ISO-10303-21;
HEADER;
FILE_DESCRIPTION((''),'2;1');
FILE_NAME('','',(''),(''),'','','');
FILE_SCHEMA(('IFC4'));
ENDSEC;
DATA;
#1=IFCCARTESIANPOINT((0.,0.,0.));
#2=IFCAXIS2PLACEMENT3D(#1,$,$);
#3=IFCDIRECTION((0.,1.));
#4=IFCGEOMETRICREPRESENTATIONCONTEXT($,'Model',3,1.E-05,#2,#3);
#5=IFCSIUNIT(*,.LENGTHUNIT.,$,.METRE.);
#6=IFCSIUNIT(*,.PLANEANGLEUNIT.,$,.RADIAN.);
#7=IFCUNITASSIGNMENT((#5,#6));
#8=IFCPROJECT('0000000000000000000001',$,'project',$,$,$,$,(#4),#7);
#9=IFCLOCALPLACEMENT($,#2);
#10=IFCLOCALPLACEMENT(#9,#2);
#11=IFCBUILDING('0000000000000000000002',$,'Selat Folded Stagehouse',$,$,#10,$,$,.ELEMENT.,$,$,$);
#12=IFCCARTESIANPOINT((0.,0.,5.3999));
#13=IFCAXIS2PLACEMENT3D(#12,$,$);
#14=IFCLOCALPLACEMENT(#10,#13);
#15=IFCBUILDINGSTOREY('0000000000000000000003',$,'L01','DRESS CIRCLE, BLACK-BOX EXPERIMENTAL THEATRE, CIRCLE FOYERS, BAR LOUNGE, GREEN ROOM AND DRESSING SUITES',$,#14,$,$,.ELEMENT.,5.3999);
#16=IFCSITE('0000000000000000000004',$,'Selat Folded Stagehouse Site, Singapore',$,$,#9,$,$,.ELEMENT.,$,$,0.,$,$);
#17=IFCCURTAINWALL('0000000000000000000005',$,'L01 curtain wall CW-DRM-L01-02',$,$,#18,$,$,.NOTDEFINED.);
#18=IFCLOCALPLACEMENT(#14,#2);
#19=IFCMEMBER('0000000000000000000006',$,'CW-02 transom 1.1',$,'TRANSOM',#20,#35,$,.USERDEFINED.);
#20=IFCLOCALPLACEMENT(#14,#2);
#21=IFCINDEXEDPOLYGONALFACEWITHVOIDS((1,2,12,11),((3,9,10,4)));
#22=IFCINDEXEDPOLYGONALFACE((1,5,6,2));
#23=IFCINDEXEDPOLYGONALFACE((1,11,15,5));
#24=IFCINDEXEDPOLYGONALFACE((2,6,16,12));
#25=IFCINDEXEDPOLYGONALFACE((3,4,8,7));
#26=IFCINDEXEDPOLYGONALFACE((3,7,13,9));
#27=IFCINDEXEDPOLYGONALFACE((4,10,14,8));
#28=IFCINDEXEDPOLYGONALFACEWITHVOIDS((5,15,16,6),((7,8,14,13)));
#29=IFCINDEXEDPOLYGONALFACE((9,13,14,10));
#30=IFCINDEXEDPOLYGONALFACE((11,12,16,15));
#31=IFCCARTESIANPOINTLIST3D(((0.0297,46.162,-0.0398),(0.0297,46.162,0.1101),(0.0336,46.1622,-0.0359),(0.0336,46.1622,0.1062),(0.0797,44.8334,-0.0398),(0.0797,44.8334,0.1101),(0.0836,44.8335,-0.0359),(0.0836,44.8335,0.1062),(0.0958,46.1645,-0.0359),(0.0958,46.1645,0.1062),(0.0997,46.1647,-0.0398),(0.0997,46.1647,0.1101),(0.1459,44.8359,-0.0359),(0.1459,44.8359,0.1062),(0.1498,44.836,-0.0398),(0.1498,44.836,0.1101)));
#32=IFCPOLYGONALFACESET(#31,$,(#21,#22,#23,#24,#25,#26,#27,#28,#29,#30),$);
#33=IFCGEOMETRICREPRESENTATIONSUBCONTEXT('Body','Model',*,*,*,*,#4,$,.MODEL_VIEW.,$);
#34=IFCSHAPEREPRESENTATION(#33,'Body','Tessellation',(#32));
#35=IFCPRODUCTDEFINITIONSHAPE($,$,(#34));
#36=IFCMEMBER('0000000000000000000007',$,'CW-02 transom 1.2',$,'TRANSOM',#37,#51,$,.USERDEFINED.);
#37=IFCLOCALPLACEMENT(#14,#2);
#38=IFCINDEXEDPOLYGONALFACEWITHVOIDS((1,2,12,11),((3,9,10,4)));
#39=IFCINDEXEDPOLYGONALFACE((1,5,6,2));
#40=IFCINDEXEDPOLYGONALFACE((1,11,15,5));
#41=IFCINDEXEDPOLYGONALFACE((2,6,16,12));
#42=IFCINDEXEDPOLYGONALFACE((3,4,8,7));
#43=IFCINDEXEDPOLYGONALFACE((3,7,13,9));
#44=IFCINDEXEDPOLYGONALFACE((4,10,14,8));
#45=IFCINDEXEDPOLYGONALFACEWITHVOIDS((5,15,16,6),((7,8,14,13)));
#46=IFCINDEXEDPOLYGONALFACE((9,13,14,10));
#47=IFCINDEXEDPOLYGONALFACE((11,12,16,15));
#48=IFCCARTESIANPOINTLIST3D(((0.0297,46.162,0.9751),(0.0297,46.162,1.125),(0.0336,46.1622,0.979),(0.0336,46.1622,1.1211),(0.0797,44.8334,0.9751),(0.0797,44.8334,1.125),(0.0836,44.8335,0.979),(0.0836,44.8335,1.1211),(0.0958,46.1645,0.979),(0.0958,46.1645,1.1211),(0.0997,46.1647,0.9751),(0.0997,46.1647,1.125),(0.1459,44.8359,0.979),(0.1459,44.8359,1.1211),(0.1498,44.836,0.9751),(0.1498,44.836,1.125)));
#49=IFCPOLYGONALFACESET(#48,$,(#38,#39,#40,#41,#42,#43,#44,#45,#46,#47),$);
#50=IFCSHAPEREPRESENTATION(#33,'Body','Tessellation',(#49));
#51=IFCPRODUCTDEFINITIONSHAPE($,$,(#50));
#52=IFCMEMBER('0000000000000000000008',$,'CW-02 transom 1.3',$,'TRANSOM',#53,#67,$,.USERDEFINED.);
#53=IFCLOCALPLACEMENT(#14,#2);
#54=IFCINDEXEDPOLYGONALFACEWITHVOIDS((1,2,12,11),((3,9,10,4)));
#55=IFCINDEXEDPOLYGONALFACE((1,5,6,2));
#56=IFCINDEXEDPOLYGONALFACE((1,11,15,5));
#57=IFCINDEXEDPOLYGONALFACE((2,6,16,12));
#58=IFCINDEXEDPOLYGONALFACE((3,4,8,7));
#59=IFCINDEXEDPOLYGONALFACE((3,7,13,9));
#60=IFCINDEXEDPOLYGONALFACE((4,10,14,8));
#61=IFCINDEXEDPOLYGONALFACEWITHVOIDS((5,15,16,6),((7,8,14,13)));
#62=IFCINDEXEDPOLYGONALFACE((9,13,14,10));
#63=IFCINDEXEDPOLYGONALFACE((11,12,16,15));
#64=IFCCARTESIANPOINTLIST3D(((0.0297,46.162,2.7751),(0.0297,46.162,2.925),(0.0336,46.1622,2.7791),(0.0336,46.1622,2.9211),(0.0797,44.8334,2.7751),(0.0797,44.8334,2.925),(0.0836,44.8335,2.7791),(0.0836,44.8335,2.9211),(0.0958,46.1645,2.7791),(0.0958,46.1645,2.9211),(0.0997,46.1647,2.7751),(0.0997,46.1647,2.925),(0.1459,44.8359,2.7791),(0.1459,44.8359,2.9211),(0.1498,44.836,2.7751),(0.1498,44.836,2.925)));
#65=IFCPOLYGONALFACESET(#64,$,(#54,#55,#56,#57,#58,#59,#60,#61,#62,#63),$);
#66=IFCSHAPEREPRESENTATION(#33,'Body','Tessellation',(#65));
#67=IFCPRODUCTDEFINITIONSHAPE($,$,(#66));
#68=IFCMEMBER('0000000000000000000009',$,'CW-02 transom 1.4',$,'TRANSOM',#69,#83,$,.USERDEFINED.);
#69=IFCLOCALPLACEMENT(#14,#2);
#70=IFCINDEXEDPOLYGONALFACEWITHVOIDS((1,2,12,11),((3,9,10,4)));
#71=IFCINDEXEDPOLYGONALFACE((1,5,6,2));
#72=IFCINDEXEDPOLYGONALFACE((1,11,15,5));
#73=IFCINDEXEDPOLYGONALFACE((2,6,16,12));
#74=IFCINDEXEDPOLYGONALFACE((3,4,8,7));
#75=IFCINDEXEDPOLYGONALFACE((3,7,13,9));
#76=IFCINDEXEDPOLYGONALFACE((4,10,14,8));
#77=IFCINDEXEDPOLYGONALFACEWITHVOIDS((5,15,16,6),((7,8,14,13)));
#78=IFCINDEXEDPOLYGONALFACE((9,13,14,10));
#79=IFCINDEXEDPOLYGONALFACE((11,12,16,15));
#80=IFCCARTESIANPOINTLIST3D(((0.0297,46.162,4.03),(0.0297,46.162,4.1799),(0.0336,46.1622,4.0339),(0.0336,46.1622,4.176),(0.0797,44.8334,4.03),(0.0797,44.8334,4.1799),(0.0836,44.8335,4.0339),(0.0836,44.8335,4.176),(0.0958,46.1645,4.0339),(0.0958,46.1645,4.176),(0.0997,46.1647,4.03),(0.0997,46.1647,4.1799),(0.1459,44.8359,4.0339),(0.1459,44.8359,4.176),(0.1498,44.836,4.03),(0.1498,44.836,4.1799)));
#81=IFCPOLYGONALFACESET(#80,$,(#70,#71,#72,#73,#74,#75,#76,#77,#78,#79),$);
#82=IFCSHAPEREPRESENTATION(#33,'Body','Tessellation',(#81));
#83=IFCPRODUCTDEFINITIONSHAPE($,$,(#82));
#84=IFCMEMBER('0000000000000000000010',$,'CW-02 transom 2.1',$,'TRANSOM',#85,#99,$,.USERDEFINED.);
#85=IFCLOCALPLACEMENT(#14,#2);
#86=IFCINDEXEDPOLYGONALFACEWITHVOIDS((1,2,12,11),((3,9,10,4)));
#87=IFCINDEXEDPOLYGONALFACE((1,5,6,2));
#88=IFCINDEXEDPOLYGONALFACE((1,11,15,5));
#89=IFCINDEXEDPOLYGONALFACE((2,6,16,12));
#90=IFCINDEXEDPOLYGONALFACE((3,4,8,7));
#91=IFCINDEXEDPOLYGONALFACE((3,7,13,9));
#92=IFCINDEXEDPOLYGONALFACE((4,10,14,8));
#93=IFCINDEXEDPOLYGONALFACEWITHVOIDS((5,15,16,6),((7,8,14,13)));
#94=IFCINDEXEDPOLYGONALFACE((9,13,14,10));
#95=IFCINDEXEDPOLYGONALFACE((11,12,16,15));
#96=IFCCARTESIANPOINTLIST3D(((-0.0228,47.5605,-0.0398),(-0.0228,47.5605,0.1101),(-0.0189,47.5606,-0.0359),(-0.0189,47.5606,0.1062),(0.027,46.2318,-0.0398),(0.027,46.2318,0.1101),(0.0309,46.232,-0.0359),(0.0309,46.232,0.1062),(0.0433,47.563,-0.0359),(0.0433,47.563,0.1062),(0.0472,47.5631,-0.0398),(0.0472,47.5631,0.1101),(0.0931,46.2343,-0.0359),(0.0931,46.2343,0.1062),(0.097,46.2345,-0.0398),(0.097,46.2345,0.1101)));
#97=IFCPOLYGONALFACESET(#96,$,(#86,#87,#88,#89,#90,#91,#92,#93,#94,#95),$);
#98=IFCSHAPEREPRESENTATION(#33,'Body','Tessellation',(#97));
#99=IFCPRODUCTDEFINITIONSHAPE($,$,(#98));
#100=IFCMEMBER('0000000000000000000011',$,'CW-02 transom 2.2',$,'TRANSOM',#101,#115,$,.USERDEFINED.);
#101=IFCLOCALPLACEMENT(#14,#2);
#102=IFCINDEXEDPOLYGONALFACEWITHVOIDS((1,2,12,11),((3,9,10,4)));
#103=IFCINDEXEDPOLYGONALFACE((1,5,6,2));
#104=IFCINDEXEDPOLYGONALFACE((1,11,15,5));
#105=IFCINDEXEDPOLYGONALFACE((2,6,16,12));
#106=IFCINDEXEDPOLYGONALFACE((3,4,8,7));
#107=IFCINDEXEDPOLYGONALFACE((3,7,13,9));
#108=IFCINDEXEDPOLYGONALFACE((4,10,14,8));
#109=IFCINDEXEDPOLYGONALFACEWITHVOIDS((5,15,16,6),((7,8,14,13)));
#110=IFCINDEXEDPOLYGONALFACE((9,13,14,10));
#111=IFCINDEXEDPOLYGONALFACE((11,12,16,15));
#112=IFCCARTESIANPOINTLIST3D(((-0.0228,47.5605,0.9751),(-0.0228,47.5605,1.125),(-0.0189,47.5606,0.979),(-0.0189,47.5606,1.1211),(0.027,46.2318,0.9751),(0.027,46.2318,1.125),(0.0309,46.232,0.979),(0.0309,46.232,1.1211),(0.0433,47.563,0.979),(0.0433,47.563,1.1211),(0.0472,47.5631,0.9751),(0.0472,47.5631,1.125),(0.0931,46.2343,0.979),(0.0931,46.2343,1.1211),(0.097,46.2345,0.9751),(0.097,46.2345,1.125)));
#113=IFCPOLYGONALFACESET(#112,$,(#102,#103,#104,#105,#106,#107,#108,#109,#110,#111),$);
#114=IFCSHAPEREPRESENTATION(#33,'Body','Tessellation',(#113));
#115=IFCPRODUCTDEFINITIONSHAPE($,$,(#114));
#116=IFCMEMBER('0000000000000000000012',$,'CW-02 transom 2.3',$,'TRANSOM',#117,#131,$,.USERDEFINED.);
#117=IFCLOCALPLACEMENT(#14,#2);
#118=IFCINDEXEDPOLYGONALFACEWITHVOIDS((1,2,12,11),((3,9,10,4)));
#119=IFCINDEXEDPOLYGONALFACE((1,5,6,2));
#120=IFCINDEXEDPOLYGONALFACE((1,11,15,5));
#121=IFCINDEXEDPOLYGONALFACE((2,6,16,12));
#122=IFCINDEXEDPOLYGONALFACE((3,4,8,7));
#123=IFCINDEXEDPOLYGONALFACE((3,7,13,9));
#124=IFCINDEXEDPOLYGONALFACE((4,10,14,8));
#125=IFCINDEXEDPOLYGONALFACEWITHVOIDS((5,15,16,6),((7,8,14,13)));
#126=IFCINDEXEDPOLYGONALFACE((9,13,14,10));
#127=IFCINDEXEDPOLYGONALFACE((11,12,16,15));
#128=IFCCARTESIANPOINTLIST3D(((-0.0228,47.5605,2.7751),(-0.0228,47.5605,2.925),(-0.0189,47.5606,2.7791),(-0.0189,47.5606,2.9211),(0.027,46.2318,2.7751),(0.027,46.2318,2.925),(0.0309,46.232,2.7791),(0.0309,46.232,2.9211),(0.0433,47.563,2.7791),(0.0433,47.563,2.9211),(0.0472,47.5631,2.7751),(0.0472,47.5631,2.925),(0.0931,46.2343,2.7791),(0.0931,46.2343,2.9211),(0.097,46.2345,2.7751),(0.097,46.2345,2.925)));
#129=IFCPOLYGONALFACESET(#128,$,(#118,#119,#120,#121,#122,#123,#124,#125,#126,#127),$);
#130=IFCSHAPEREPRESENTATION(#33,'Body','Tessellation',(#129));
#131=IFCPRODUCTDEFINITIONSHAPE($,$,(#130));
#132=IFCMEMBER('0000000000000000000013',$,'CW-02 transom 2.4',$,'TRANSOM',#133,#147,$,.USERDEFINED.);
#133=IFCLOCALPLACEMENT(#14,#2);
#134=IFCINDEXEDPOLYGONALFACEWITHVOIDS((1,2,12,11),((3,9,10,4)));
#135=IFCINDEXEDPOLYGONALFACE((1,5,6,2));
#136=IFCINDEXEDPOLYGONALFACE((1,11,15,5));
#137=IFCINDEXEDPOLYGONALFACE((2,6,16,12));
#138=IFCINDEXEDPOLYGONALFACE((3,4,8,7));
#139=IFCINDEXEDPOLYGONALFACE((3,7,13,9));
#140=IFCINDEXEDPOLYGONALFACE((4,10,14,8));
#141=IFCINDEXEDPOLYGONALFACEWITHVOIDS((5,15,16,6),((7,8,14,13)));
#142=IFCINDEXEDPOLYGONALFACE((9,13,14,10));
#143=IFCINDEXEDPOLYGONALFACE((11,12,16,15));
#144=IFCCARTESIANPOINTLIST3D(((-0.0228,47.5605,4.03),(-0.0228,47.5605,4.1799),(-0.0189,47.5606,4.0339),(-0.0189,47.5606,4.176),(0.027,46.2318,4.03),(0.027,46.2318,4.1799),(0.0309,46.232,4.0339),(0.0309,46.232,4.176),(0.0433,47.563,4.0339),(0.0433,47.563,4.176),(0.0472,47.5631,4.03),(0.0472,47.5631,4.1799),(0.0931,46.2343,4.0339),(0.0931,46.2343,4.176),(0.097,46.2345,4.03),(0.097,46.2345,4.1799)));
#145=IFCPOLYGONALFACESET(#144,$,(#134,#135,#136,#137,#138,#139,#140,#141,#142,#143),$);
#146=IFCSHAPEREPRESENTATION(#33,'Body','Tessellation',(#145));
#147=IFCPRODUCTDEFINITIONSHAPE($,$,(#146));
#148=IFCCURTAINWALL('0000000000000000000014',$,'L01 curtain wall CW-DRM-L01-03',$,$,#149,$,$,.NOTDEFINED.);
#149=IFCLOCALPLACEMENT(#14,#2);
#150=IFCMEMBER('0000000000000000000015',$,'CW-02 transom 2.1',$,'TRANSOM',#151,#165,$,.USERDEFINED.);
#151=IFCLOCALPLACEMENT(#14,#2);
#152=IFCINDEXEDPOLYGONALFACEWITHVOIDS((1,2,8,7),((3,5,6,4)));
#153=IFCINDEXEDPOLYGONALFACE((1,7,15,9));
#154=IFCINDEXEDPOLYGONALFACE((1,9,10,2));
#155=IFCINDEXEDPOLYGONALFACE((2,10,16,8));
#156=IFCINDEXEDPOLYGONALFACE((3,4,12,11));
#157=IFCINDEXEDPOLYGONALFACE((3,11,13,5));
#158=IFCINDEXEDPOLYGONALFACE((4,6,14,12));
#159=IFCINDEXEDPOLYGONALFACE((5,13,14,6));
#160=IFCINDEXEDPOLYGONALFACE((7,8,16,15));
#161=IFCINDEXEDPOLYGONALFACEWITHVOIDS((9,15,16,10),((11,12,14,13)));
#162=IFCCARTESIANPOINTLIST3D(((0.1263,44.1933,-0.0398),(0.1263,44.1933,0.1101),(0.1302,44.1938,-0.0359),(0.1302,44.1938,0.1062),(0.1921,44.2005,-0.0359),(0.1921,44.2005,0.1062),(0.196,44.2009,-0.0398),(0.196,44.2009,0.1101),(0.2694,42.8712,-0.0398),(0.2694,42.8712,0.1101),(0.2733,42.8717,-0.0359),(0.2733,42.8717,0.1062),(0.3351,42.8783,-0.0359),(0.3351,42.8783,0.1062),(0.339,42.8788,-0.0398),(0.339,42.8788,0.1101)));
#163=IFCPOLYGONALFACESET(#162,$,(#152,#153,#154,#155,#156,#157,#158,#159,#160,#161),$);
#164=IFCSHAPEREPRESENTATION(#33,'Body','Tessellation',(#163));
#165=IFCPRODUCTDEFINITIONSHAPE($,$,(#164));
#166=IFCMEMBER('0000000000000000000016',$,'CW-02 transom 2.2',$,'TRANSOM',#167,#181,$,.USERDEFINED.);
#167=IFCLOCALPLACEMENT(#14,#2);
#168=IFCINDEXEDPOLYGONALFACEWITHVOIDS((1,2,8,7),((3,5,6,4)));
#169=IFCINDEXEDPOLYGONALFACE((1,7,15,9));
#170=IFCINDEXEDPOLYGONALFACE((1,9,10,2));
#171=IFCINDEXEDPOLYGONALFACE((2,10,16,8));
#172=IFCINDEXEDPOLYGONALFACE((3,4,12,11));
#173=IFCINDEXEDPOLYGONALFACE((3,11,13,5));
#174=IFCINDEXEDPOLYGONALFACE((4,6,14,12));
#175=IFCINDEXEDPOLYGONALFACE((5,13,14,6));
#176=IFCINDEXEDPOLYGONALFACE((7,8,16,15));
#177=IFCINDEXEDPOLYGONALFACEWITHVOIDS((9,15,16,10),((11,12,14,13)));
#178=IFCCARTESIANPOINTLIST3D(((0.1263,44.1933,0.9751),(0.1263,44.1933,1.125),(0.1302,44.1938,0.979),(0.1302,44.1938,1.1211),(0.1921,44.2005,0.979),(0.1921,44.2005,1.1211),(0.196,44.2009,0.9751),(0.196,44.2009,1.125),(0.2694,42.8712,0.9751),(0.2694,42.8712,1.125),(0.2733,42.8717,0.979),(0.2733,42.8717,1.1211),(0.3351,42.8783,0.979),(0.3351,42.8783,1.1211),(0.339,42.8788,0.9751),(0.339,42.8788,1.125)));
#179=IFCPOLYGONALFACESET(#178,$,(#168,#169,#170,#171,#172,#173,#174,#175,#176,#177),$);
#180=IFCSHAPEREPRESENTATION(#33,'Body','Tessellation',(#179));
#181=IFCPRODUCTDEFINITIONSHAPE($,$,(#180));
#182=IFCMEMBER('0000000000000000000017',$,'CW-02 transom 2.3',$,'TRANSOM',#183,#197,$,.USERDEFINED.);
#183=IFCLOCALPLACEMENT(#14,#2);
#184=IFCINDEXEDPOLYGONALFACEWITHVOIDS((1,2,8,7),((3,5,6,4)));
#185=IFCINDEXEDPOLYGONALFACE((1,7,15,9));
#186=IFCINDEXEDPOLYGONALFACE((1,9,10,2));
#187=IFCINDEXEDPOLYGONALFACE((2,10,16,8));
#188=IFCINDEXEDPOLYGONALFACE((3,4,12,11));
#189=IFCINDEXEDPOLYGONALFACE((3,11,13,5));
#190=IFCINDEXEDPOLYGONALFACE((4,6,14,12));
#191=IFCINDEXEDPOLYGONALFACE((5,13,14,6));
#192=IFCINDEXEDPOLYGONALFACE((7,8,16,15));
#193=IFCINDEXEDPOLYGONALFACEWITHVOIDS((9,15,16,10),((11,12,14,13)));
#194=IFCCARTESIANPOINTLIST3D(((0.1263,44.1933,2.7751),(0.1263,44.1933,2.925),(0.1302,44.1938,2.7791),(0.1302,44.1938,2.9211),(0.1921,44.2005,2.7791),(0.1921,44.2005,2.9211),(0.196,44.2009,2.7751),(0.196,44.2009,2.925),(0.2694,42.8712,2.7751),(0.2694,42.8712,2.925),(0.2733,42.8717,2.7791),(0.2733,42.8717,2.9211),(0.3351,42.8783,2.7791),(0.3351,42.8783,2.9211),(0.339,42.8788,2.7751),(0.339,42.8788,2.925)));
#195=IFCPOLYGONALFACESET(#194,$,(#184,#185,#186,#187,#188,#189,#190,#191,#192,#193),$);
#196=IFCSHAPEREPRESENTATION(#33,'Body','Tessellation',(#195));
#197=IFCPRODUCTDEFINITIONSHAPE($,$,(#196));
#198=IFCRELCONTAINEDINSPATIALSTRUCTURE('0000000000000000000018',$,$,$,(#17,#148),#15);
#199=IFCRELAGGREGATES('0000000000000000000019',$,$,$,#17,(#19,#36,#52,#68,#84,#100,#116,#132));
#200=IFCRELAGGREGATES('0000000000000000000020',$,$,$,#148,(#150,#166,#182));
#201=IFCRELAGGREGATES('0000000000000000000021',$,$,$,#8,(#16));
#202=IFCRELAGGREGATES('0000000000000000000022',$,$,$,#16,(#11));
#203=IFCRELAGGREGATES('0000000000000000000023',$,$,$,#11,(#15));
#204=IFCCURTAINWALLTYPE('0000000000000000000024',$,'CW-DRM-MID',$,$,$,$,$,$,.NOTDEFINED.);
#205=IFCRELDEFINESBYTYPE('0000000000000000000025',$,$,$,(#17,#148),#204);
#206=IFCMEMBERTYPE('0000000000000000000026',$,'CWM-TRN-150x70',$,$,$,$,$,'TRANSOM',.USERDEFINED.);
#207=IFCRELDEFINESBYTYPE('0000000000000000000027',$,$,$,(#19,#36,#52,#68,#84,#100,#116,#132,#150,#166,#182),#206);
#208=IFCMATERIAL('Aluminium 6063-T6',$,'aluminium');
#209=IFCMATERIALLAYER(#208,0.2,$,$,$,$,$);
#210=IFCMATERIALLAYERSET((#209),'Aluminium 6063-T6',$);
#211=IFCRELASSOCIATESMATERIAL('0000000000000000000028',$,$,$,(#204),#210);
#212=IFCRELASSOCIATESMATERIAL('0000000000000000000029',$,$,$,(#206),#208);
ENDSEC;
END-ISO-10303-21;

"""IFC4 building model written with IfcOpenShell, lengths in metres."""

from ifc_helpers import new_model, si_unit, direction, frame, origin, origin_2d, place, context, subcontext, project, spatial, hollow_rectangle, extrude, material, layer, layer_set, material_profile, profile_set, type_object, element, aggregate, save


model = new_model("IFC4")

# Units and contexts
model_context = context("Model", 3, precision=1e-05, world=origin(), true_north=direction((0.0, 1.0)))
body_context = subcontext(model_context, "Body", "Model", "MODEL_VIEW")
ifc_project = project(units=[si_unit("LENGTHUNIT", "METRE"), si_unit("PLANEANGLEUNIT", "RADIAN")], contexts=[model_context])

# Site, building, storey
site_placement = place(None, origin())
site = spatial("IfcSite", under=ifc_project, at=site_placement, Name="Selat Folded Stagehouse Site, Singapore", CompositionType="ELEMENT", RefElevation=0.0)
building_placement = place(site_placement, origin())
building = spatial("IfcBuilding", under=site, at=building_placement, Name="Selat Folded Stagehouse", CompositionType="ELEMENT")
storey_placement = place(building_placement, frame((0.0, 0.0, 5.3999)))
storey = spatial("IfcBuildingStorey", under=building, at=storey_placement, Name="L01", Description="DRESS CIRCLE, BLACK-BOX EXPERIMENTAL THEATRE, CIRCLE FOYERS, BAR LOUNGE, GREEN ROOM AND DRESSING SUITES", CompositionType="ELEMENT", Elevation=5.3999)

# Curtain walls, members
ifc_material_1 = material(Name="Aluminium 6063-T6", Category="aluminium")
ifc_layer_1 = layer(ifc_material_1, 0.2)
ifc_layer_set_1 = layer_set([ifc_layer_1], Name="Aluminium 6063-T6")
curtain_wall_type = type_object("IfcCurtainWallType", Name="CW-DRM-MID", PredefinedType="NOTDEFINED", material=ifc_layer_set_1)
curtain_wall_1_placement = place(storey_placement, origin())
curtain_wall_1 = element("IfcCurtainWall", 1, at=curtain_wall_1_placement, inside=storey, type_object=curtain_wall_type, Name="L01 curtain wall CW-DRM-L01-02", PredefinedType="NOTDEFINED")
ifc_material_profile_1 = material_profile(ifc_material_1, hollow_rectangle(XDim=0.0701, YDim=0.1499, WallThickness=0.0039, at=origin_2d()), Name="ALU 150x70x4.0")
ifc_profile_set_1 = profile_set([ifc_material_profile_1], Name="Aluminium 6063-T6")
member_type = type_object("IfcMemberType", Name="CWM-TRN-150x70", ElementType="TRANSOM", PredefinedType="USERDEFINED", material=ifc_profile_set_1)
member_1_placement = place(storey_placement, frame((0.1147, 44.8347, 0.0352), z_axis=(-0.037643, 0.999291, 0.0), x_axis=(-0.999291, -0.037643, 0.0)))
member_1 = element("IfcMember", 2, at=member_1_placement, type_object=member_type, Name="CW-02 transom 1.1", ObjectType="TRANSOM", PredefinedType="USERDEFINED", context=body_context, shape_type="SweptSolid", body=[
    extrude(hollow_rectangle(XDim=0.0701, YDim=0.1499, WallThickness=0.0039, at=origin_2d()), origin(), (0.0, 0.0, 1.0), 1.3296),
])
member_2_placement = place(storey_placement, frame((0.1147, 44.8347, 1.05), z_axis=(-0.037643, 0.999291, 0.0), x_axis=(-0.999291, -0.037643, 0.0)))
member_2 = element("IfcMember", 3, at=member_2_placement, type_object=member_type, Name="CW-02 transom 1.2", ObjectType="TRANSOM", PredefinedType="USERDEFINED", context=body_context, shape_type="SweptSolid", body=[
    extrude(hollow_rectangle(XDim=0.0701, YDim=0.1499, WallThickness=0.0039, at=origin_2d()), origin(), (0.0, 0.0, 1.0), 1.3296),
])
member_3_placement = place(storey_placement, frame((0.1147, 44.8347, 2.8501), z_axis=(-0.037643, 0.999291, 0.0), x_axis=(-0.999291, -0.037643, 0.0)))
member_3 = element("IfcMember", 4, at=member_3_placement, type_object=member_type, Name="CW-02 transom 1.3", ObjectType="TRANSOM", PredefinedType="USERDEFINED", context=body_context, shape_type="SweptSolid", body=[
    extrude(hollow_rectangle(XDim=0.0701, YDim=0.1499, WallThickness=0.0039, at=origin_2d()), origin(), (0.0, 0.0, 1.0), 1.3296),
])
member_4_placement = place(storey_placement, frame((0.1147, 44.8347, 4.105), z_axis=(-0.037643, 0.999291, 0.0), x_axis=(-0.999291, -0.037643, 0.0)))
member_4 = element("IfcMember", 5, at=member_4_placement, type_object=member_type, Name="CW-02 transom 1.4", ObjectType="TRANSOM", PredefinedType="USERDEFINED", context=body_context, shape_type="SweptSolid", body=[
    extrude(hollow_rectangle(XDim=0.0701, YDim=0.1499, WallThickness=0.0039, at=origin_2d()), origin(), (0.0, 0.0, 1.0), 1.3296),
])
member_5_placement = place(storey_placement, frame((0.062, 46.2332, 0.0352), z_axis=(-0.03746, 0.999298, 0.0), x_axis=(-0.999298, -0.03746, 0.0)))
member_5 = element("IfcMember", 6, at=member_5_placement, type_object=member_type, Name="CW-02 transom 2.1", ObjectType="TRANSOM", PredefinedType="USERDEFINED", context=body_context, shape_type="SweptSolid", body=[
    extrude(hollow_rectangle(XDim=0.0701, YDim=0.1499, WallThickness=0.0039, at=origin_2d()), origin(), (0.0, 0.0, 1.0), 1.3296),
])
member_6_placement = place(storey_placement, frame((0.062, 46.2332, 1.05), z_axis=(-0.03746, 0.999298, 0.0), x_axis=(-0.999298, -0.03746, 0.0)))
member_6 = element("IfcMember", 7, at=member_6_placement, type_object=member_type, Name="CW-02 transom 2.2", ObjectType="TRANSOM", PredefinedType="USERDEFINED", context=body_context, shape_type="SweptSolid", body=[
    extrude(hollow_rectangle(XDim=0.0701, YDim=0.1499, WallThickness=0.0039, at=origin_2d()), origin(), (0.0, 0.0, 1.0), 1.3296),
])
member_7_placement = place(storey_placement, frame((0.062, 46.2332, 2.8501), z_axis=(-0.03746, 0.999298, 0.0), x_axis=(-0.999298, -0.03746, 0.0)))
member_7 = element("IfcMember", 8, at=member_7_placement, type_object=member_type, Name="CW-02 transom 2.3", ObjectType="TRANSOM", PredefinedType="USERDEFINED", context=body_context, shape_type="SweptSolid", body=[
    extrude(hollow_rectangle(XDim=0.0701, YDim=0.1499, WallThickness=0.0039, at=origin_2d()), origin(), (0.0, 0.0, 1.0), 1.3296),
])
member_8_placement = place(storey_placement, frame((0.062, 46.2332, 4.105), z_axis=(-0.03746, 0.999298, 0.0), x_axis=(-0.999298, -0.03746, 0.0)))
member_8 = element("IfcMember", 9, at=member_8_placement, type_object=member_type, Name="CW-02 transom 2.4", ObjectType="TRANSOM", PredefinedType="USERDEFINED", context=body_context, shape_type="SweptSolid", body=[
    extrude(hollow_rectangle(XDim=0.0701, YDim=0.1499, WallThickness=0.0039, at=origin_2d()), origin(), (0.0, 0.0, 1.0), 1.3296),
])
curtain_wall_2_placement = place(storey_placement, origin())
curtain_wall_2 = element("IfcCurtainWall", 10, at=curtain_wall_2_placement, inside=storey, type_object=curtain_wall_type, Name="L01 curtain wall CW-DRM-L01-03", PredefinedType="NOTDEFINED")
member_9_placement = place(storey_placement, frame((0.3042, 42.875, 0.0352), z_axis=(-0.10759, 0.994195, 0.0), x_axis=(-0.994195, -0.10759, 0.0)))
member_9 = element("IfcMember", 11, at=member_9_placement, type_object=member_type, Name="CW-02 transom 2.1", ObjectType="TRANSOM", PredefinedType="USERDEFINED", context=body_context, shape_type="SweptSolid", body=[
    extrude(hollow_rectangle(XDim=0.0701, YDim=0.1499, WallThickness=0.0039, at=origin_2d()), origin(), (0.0, 0.0, 1.0), 1.3298),
])
member_10_placement = place(storey_placement, frame((0.3042, 42.875, 1.05), z_axis=(-0.10759, 0.994195, 0.0), x_axis=(-0.994195, -0.10759, 0.0)))
member_10 = element("IfcMember", 12, at=member_10_placement, type_object=member_type, Name="CW-02 transom 2.2", ObjectType="TRANSOM", PredefinedType="USERDEFINED", context=body_context, shape_type="SweptSolid", body=[
    extrude(hollow_rectangle(XDim=0.0701, YDim=0.1499, WallThickness=0.0039, at=origin_2d()), origin(), (0.0, 0.0, 1.0), 1.3298),
])
member_11_placement = place(storey_placement, frame((0.3042, 42.875, 2.8501), z_axis=(-0.10759, 0.994195, 0.0), x_axis=(-0.994195, -0.10759, 0.0)))
member_11 = element("IfcMember", 13, at=member_11_placement, type_object=member_type, Name="CW-02 transom 2.3", ObjectType="TRANSOM", PredefinedType="USERDEFINED", context=body_context, shape_type="SweptSolid", body=[
    extrude(hollow_rectangle(XDim=0.0701, YDim=0.1499, WallThickness=0.0039, at=origin_2d()), origin(), (0.0, 0.0, 1.0), 1.3298),
])

aggregate(curtain_wall_1, [member_1, member_2, member_3, member_4, member_5, member_6, member_7, member_8])
aggregate(curtain_wall_2, [member_9, member_10, member_11])

save(model, "model.ifc")
